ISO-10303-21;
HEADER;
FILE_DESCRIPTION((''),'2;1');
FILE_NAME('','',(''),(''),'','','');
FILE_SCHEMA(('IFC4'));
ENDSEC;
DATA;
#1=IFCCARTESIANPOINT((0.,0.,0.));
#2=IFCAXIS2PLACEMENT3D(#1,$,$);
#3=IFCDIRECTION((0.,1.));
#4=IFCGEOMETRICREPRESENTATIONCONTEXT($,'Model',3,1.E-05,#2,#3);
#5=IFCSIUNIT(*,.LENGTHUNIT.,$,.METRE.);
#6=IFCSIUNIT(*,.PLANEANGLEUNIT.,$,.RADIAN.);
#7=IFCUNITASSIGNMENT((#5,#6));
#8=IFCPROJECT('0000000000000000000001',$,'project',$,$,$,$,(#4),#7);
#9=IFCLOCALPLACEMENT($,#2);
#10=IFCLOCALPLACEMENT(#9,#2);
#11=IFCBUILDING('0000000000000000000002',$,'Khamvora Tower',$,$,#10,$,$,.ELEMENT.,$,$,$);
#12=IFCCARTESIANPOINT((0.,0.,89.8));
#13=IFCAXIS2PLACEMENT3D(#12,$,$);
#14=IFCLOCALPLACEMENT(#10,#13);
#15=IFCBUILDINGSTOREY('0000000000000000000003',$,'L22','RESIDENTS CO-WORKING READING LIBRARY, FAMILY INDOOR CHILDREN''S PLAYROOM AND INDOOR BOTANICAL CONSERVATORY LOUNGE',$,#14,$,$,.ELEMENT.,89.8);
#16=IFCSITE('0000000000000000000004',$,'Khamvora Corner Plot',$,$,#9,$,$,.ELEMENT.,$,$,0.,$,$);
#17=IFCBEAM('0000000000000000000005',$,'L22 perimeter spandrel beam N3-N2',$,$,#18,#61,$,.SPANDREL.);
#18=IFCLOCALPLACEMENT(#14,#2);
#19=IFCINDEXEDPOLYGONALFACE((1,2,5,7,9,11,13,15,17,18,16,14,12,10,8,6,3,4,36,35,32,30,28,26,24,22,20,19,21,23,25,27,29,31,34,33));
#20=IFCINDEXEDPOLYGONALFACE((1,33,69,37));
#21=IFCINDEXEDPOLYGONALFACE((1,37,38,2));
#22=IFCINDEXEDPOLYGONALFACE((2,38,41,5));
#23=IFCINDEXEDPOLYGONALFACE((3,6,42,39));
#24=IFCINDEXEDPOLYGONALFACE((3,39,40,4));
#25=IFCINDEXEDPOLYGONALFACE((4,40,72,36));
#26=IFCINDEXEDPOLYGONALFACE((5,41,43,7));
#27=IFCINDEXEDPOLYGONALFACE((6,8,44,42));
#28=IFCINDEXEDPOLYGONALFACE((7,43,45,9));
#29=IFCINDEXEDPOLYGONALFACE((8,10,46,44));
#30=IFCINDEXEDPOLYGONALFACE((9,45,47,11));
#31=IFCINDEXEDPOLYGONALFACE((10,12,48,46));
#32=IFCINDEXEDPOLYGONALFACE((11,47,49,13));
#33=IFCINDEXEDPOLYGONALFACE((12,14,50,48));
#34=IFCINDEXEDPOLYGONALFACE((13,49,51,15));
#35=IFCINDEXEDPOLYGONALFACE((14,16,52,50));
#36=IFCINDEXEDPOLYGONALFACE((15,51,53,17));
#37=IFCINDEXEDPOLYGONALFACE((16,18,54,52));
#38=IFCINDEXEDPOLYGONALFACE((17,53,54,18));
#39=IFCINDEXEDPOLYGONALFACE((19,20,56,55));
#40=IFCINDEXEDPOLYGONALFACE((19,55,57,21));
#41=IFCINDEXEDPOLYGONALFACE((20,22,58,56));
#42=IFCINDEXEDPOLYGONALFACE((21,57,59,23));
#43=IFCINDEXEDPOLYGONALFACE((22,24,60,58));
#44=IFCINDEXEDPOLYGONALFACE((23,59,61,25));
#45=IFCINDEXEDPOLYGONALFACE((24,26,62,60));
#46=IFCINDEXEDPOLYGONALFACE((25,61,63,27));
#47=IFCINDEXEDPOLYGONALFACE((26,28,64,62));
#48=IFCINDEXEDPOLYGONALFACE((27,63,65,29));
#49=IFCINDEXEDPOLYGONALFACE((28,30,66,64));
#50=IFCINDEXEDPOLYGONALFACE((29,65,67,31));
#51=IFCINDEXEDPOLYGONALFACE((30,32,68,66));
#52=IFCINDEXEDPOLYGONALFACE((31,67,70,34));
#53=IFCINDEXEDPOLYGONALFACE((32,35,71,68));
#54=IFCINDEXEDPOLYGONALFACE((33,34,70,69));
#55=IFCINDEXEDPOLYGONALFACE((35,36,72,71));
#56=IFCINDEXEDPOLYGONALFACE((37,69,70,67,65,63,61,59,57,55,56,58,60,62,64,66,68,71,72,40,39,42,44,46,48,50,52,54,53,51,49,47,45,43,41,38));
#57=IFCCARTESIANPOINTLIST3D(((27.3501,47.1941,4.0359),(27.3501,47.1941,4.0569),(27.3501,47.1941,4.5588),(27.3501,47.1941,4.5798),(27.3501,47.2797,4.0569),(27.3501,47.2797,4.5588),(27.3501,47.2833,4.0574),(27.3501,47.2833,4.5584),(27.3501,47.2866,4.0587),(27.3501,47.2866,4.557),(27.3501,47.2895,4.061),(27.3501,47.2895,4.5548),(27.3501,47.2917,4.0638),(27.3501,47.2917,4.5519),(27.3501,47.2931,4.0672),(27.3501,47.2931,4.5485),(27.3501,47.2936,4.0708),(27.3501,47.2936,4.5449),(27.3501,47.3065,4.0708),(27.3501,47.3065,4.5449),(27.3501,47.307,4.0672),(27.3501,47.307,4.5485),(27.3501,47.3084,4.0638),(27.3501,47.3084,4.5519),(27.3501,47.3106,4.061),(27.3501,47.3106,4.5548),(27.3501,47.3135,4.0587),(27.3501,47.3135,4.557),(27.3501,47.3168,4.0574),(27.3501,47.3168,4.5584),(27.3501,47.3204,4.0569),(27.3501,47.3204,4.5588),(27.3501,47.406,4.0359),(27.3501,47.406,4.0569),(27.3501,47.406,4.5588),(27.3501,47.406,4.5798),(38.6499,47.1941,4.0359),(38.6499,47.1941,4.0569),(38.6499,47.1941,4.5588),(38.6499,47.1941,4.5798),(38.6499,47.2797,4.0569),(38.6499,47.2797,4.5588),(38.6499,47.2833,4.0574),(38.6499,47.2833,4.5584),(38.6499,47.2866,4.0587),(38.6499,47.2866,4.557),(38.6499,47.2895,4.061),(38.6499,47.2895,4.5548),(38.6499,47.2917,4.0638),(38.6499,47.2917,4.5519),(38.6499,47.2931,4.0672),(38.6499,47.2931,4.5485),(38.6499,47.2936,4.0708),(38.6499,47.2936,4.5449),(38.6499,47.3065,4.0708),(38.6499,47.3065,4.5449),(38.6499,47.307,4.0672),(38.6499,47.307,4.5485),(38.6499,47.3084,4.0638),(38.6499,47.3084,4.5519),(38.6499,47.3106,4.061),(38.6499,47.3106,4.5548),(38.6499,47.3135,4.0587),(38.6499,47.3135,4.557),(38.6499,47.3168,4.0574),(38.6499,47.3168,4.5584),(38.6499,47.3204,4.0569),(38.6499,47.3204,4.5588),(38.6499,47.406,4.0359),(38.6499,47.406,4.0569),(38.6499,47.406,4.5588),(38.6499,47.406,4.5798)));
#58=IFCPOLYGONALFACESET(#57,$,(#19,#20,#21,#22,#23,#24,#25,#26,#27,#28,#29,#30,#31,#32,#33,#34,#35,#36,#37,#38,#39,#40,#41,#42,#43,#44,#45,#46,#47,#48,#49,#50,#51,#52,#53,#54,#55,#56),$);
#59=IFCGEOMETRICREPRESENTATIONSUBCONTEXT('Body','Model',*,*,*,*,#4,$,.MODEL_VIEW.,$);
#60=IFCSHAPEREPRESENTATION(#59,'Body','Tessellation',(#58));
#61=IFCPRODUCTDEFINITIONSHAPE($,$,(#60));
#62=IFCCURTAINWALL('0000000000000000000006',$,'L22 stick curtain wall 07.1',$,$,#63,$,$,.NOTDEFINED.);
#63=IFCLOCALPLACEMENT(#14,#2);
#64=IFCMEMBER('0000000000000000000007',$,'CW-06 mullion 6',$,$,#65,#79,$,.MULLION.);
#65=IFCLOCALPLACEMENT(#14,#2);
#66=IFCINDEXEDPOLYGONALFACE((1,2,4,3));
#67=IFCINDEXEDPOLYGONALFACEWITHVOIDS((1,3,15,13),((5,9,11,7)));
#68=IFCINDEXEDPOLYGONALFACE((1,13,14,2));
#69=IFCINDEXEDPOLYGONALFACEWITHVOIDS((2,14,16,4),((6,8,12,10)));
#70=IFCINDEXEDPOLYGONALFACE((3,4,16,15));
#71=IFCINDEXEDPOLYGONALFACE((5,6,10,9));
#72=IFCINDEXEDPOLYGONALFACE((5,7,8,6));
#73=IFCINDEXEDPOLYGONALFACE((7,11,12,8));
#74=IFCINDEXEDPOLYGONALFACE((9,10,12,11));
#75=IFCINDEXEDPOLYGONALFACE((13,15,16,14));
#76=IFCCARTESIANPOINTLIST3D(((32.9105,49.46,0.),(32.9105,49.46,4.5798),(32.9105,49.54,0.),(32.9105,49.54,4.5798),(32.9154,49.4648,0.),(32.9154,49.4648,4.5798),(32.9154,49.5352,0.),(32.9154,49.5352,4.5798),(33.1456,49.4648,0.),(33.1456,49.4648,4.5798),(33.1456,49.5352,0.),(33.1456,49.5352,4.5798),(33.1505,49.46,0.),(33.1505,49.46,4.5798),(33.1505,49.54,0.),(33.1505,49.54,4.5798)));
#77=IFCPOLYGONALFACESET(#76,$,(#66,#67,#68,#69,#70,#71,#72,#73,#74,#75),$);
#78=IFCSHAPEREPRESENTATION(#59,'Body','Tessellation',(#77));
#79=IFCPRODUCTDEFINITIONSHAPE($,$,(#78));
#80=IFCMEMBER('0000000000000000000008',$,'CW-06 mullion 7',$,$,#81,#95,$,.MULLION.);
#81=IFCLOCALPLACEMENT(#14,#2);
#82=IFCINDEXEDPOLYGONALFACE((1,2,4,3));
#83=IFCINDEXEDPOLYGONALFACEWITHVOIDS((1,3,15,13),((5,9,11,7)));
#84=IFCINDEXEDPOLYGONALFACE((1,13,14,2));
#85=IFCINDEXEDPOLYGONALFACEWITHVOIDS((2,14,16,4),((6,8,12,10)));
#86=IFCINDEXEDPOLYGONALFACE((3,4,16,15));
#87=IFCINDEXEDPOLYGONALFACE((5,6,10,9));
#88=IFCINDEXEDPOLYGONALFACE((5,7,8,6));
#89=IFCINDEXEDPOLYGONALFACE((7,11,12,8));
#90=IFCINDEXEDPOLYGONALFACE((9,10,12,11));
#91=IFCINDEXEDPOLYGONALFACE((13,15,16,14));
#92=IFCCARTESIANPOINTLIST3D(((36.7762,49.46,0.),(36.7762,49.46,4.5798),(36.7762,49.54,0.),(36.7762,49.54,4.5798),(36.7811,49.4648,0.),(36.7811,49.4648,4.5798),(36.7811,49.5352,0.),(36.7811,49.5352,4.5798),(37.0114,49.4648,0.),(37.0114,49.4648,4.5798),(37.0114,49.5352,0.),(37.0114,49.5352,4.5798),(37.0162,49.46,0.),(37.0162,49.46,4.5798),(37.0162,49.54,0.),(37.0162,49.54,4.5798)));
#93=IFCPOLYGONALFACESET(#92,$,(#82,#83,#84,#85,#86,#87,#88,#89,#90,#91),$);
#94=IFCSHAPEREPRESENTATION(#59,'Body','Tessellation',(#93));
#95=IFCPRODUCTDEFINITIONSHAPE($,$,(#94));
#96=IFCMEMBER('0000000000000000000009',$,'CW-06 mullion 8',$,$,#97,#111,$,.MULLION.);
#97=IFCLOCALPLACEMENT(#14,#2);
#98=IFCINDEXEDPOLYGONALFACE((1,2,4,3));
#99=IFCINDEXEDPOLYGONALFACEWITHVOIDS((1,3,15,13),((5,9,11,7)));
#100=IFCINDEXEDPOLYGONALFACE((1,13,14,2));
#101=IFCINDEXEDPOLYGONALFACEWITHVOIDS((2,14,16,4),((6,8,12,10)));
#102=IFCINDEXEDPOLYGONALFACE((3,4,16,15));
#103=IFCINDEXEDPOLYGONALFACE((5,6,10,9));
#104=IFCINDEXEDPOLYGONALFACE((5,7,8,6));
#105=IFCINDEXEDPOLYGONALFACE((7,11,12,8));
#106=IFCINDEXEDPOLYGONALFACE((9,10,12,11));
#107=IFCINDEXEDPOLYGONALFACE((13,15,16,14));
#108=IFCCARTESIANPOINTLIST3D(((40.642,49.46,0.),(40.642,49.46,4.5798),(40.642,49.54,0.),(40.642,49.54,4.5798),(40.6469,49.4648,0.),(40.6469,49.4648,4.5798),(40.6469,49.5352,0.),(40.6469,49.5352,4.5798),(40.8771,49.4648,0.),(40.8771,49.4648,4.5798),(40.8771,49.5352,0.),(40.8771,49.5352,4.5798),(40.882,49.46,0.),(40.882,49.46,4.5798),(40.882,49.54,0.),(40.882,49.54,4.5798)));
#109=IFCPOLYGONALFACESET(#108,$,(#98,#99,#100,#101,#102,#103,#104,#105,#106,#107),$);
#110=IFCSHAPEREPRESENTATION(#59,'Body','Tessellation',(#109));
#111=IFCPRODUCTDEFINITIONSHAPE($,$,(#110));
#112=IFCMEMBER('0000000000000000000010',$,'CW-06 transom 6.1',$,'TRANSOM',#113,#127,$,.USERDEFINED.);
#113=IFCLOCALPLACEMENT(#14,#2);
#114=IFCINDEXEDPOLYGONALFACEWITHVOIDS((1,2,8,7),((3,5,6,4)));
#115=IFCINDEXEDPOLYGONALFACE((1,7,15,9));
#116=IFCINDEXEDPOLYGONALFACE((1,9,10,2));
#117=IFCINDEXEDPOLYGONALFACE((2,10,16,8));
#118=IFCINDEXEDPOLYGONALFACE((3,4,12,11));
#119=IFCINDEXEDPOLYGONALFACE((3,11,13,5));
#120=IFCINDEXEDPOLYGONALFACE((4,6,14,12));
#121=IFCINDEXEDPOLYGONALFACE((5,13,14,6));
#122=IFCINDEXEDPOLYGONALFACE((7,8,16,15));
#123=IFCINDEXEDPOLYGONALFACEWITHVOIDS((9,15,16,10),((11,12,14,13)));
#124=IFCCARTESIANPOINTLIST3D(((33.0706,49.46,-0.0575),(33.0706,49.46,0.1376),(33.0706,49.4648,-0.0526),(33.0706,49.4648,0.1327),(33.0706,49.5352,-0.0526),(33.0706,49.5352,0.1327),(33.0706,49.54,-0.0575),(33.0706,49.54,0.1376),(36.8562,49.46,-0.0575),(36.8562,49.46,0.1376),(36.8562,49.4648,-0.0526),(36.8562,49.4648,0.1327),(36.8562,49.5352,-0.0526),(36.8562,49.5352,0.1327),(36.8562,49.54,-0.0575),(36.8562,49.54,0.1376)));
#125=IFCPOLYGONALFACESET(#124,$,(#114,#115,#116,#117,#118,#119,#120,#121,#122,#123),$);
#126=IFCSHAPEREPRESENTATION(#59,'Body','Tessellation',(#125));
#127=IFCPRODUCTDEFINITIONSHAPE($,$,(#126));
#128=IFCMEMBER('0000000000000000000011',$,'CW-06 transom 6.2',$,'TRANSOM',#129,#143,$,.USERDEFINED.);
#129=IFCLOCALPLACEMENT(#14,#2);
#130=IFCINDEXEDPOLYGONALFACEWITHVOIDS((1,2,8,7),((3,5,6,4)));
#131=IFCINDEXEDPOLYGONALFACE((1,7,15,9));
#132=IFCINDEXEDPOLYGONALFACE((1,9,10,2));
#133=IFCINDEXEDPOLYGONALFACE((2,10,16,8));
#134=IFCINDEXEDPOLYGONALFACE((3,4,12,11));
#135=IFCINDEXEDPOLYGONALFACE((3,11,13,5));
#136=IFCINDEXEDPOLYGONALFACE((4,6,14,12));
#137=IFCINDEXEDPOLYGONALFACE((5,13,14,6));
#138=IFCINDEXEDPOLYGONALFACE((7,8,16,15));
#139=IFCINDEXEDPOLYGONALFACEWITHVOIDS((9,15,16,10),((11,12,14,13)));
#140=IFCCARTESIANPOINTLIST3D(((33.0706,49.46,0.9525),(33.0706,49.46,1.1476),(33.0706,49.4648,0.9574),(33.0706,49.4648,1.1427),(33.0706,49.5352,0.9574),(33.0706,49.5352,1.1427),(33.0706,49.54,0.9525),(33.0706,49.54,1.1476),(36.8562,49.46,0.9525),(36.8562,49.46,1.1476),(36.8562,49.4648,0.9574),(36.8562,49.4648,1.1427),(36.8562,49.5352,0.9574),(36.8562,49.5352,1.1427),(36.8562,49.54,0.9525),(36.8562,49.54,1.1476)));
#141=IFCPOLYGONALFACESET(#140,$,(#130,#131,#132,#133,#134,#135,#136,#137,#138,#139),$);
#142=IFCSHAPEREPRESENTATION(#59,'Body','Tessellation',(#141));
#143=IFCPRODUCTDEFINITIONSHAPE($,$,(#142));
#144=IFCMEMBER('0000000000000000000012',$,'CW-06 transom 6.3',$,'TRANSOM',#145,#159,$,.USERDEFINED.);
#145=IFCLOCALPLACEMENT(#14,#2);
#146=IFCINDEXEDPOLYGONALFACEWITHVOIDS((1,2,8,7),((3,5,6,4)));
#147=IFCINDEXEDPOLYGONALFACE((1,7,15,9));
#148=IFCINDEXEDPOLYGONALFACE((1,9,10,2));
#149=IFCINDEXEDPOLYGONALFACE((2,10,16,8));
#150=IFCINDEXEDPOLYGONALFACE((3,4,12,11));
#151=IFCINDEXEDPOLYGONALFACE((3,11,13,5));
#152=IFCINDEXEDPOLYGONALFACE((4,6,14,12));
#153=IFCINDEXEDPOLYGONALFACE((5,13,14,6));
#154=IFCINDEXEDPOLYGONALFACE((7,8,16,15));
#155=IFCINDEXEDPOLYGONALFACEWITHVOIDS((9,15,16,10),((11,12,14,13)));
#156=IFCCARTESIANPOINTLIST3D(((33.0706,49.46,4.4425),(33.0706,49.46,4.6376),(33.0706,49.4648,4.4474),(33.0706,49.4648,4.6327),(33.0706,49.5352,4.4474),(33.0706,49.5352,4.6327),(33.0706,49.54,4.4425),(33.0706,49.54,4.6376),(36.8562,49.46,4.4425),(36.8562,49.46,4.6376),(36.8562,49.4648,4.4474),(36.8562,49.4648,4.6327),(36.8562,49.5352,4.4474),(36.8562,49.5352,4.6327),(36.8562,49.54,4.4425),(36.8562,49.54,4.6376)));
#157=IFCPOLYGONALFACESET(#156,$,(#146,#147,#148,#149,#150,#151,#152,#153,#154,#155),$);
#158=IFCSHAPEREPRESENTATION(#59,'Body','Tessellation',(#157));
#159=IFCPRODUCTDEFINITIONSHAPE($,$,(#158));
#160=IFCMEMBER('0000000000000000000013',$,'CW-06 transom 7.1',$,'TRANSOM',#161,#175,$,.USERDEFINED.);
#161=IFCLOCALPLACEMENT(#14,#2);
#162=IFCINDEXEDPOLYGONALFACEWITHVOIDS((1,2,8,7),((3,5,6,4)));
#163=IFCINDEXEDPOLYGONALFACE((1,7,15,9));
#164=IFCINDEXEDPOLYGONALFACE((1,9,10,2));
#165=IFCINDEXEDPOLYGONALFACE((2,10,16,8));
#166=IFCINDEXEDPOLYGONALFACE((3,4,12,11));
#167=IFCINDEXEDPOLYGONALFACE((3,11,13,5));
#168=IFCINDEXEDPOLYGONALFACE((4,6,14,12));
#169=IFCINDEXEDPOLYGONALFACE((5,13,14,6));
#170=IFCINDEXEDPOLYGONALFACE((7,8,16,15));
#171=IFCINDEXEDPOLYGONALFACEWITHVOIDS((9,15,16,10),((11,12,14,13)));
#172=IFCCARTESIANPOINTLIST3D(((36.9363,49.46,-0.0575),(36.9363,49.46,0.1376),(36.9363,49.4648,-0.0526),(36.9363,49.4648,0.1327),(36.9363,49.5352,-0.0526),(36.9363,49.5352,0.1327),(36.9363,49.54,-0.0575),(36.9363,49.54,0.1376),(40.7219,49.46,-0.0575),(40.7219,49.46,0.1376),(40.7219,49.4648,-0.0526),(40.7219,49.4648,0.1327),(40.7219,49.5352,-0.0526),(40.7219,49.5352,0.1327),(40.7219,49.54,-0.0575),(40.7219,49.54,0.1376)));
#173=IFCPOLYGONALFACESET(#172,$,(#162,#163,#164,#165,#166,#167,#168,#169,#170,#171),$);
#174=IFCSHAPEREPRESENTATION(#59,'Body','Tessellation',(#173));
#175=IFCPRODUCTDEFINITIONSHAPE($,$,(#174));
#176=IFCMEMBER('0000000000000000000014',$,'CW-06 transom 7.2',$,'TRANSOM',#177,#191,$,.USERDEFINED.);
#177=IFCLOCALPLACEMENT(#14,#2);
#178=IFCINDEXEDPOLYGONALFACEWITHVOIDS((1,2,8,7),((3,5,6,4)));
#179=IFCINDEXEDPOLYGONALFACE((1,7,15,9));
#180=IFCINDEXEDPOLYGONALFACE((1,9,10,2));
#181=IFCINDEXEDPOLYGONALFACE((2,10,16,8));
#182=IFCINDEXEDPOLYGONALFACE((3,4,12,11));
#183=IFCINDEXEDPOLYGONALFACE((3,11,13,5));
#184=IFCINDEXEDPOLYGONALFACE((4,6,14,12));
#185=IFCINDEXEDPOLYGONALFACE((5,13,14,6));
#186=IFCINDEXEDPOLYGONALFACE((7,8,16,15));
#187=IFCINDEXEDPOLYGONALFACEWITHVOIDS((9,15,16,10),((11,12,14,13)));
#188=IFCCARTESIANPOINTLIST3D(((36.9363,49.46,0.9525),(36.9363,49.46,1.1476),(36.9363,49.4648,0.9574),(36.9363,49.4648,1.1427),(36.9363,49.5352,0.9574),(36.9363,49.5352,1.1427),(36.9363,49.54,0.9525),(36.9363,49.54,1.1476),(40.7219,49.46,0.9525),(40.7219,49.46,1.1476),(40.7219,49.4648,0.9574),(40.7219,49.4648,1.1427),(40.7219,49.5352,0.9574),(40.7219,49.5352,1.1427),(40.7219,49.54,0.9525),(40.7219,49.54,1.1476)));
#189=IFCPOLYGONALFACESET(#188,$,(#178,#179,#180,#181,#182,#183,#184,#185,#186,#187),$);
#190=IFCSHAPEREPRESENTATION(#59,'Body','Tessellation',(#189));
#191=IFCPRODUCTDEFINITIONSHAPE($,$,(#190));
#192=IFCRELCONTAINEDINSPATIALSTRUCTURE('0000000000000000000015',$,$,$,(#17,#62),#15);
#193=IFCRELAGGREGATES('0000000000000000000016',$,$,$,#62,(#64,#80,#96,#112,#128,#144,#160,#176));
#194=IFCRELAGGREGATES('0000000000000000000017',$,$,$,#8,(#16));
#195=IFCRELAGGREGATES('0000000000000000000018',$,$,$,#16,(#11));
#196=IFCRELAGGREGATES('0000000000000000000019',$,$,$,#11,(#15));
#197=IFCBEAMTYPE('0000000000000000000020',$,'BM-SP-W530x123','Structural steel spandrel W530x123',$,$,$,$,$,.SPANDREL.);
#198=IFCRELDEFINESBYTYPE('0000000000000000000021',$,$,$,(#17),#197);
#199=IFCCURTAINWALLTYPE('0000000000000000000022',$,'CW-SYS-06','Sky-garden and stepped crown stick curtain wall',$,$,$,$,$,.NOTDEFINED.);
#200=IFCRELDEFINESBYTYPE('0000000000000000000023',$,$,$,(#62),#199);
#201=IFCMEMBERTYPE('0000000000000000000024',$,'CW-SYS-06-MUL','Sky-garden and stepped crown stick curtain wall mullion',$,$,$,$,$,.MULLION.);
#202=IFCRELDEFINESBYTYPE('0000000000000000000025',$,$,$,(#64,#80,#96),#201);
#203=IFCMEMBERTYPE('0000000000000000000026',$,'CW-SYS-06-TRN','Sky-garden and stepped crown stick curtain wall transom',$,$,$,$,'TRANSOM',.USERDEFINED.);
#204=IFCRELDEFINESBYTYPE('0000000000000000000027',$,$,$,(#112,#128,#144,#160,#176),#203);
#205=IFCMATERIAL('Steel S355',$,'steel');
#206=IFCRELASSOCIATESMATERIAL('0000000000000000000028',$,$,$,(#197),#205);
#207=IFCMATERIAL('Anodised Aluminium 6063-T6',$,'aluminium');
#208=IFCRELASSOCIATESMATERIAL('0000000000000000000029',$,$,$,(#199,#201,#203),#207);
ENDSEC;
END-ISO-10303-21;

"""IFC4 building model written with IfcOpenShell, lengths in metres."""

from ifc_helpers import new_model, si_unit, direction, frame, origin, origin_2d, place, context, subcontext, project, spatial, hollow_rectangle, i_section, extrude, material, material_profile, profile_set, type_object, element, aggregate, save


model = new_model("IFC4")

# Units and contexts
model_context = context("Model", 3, precision=1e-05, world=origin(), true_north=direction((0.0, 1.0)))
body_context = subcontext(model_context, "Body", "Model", "MODEL_VIEW")
ifc_project = project(units=[si_unit("LENGTHUNIT", "METRE"), si_unit("PLANEANGLEUNIT", "RADIAN")], contexts=[model_context])

# Site, building, storey
site_placement = place(None, origin())
site = spatial("IfcSite", under=ifc_project, at=site_placement, Name="Khamvora Corner Plot", CompositionType="ELEMENT", RefElevation=0.0)
building_placement = place(site_placement, origin())
building = spatial("IfcBuilding", under=site, at=building_placement, Name="Khamvora Tower", CompositionType="ELEMENT")
storey_placement = place(building_placement, frame((0.0, 0.0, 89.8)))
storey = spatial("IfcBuildingStorey", under=building, at=storey_placement, Name="L22", Description="RESIDENTS CO-WORKING READING LIBRARY, FAMILY INDOOR CHILDREN'S PLAYROOM AND INDOOR BOTANICAL CONSERVATORY LOUNGE", CompositionType="ELEMENT", Elevation=89.8)

# Shared definitions
ifc_material_1 = material(Name="Steel S355", Category="steel")

# Beam
ifc_material_profile_1 = material_profile(ifc_material_1, i_section(OverallWidth=0.2119, OverallDepth=0.5439, WebThickness=0.0129, FlangeThickness=0.021, FilletRadius=0.0139, at=origin_2d()), Name="W530x123")
ifc_profile_set_1 = profile_set([ifc_material_profile_1], Name="Steel S355")
beam_type_1 = type_object("IfcBeamType", Name="BM-SP-W530x123", Description="Structural steel spandrel W530x123", PredefinedType="SPANDREL", material=ifc_profile_set_1)
beam_1_placement = place(storey_placement, frame((38.6499, 47.3, 4.3079), z_axis=(-1.0, 0.0, 0.0), x_axis=(0.0, -1.0, 0.0)))
element("IfcBeam", 1, at=beam_1_placement, inside=storey, type_object=beam_type_1, Name="L22 perimeter spandrel beam N3-N2", PredefinedType="SPANDREL", context=body_context, shape_type="SweptSolid", body=[
    extrude(i_section(OverallWidth=0.2119, OverallDepth=0.5439, WebThickness=0.0129, FlangeThickness=0.021, FilletRadius=0.0139, at=origin_2d()), origin(), (0.0, 0.0, 1.0), 11.2998),
])

# Curtain wall, members
ifc_material_2 = material(Name="Anodised Aluminium 6063-T6", Category="aluminium")
curtain_wall_type = type_object("IfcCurtainWallType", Name="CW-SYS-06", Description="Sky-garden and stepped crown stick curtain wall", PredefinedType="NOTDEFINED", material=ifc_material_2)
curtain_wall_placement = place(storey_placement, origin())
curtain_wall = element("IfcCurtainWall", 2, at=curtain_wall_placement, inside=storey, type_object=curtain_wall_type, Name="L22 stick curtain wall 07.1", PredefinedType="NOTDEFINED")
ifc_material_profile_2 = material_profile(ifc_material_2, hollow_rectangle(XDim=0.0801, YDim=0.24, WallThickness=0.0049, at=origin_2d()), Name="MUL80x240x5")
ifc_profile_set_2 = profile_set([ifc_material_profile_2], Name="Anodised Aluminium 6063-T6")
member_type_1 = type_object("IfcMemberType", Name="CW-SYS-06-MUL", Description="Sky-garden and stepped crown stick curtain wall mullion", PredefinedType="MULLION", material=ifc_profile_set_2)
member_1_placement = place(storey_placement, frame((33.0305, 49.5, 0.0), z_axis=(0.0, 0.0, 1.0), x_axis=(0.0, 1.0, 0.0)))
member_1 = element("IfcMember", 3, at=member_1_placement, type_object=member_type_1, Name="CW-06 mullion 6", PredefinedType="MULLION", context=body_context, shape_type="SweptSolid", body=[
    extrude(hollow_rectangle(XDim=0.0801, YDim=0.24, WallThickness=0.0049, at=origin_2d()), origin(), (0.0, 0.0, 1.0), 4.5798),
])
member_2_placement = place(storey_placement, frame((36.8962, 49.5, 0.0), z_axis=(0.0, 0.0, 1.0), x_axis=(0.0, 1.0, 0.0)))
member_2 = element("IfcMember", 4, at=member_2_placement, type_object=member_type_1, Name="CW-06 mullion 7", PredefinedType="MULLION", context=body_context, shape_type="SweptSolid", body=[
    extrude(hollow_rectangle(XDim=0.0801, YDim=0.24, WallThickness=0.0049, at=origin_2d()), origin(), (0.0, 0.0, 1.0), 4.5798),
])
member_3_placement = place(storey_placement, frame((40.762, 49.5, 0.0), z_axis=(0.0, 0.0, 1.0), x_axis=(0.0, 1.0, 0.0)))
member_3 = element("IfcMember", 5, at=member_3_placement, type_object=member_type_1, Name="CW-06 mullion 8", PredefinedType="MULLION", context=body_context, shape_type="SweptSolid", body=[
    extrude(hollow_rectangle(XDim=0.0801, YDim=0.24, WallThickness=0.0049, at=origin_2d()), origin(), (0.0, 0.0, 1.0), 4.5798),
])
ifc_material_profile_3 = material_profile(ifc_material_2, hollow_rectangle(XDim=0.0801, YDim=0.1951, WallThickness=0.0049, at=origin_2d()), Name="TRN80x195x5")
ifc_profile_set_3 = profile_set([ifc_material_profile_3], Name="Anodised Aluminium 6063-T6")
member_type_2 = type_object("IfcMemberType", Name="CW-SYS-06-TRN", Description="Sky-garden and stepped crown stick curtain wall transom", ElementType="TRANSOM", PredefinedType="USERDEFINED", material=ifc_profile_set_3)
member_4_placement = place(storey_placement, frame((33.0706, 49.5, 0.04), z_axis=(1.0, 0.0, 0.0), x_axis=(0.0, 1.0, 0.0)))
member_4 = element("IfcMember", 6, at=member_4_placement, type_object=member_type_2, Name="CW-06 transom 6.1", ObjectType="TRANSOM", PredefinedType="USERDEFINED", context=body_context, shape_type="SweptSolid", body=[
    extrude(hollow_rectangle(XDim=0.0801, YDim=0.1951, WallThickness=0.0049, at=origin_2d()), origin(), (0.0, 0.0, 1.0), 3.7856),
])
member_5_placement = place(storey_placement, frame((33.0706, 49.5, 1.05), z_axis=(1.0, 0.0, 0.0), x_axis=(0.0, 1.0, 0.0)))
member_5 = element("IfcMember", 7, at=member_5_placement, type_object=member_type_2, Name="CW-06 transom 6.2", ObjectType="TRANSOM", PredefinedType="USERDEFINED", context=body_context, shape_type="SweptSolid", body=[
    extrude(hollow_rectangle(XDim=0.0801, YDim=0.1951, WallThickness=0.0049, at=origin_2d()), origin(), (0.0, 0.0, 1.0), 3.7856),
])
member_6_placement = place(storey_placement, frame((33.0706, 49.5, 4.54), z_axis=(1.0, 0.0, 0.0), x_axis=(0.0, 1.0, 0.0)))
member_6 = element("IfcMember", 8, at=member_6_placement, type_object=member_type_2, Name="CW-06 transom 6.3", ObjectType="TRANSOM", PredefinedType="USERDEFINED", context=body_context, shape_type="SweptSolid", body=[
    extrude(hollow_rectangle(XDim=0.0801, YDim=0.1951, WallThickness=0.0049, at=origin_2d()), origin(), (0.0, 0.0, 1.0), 3.7856),
])
member_7_placement = place(storey_placement, frame((36.9363, 49.5, 0.04), z_axis=(1.0, 0.0, 0.0), x_axis=(0.0, 1.0, 0.0)))
member_7 = element("IfcMember", 9, at=member_7_placement, type_object=member_type_2, Name="CW-06 transom 7.1", ObjectType="TRANSOM", PredefinedType="USERDEFINED", context=body_context, shape_type="SweptSolid", body=[
    extrude(hollow_rectangle(XDim=0.0801, YDim=0.1951, WallThickness=0.0049, at=origin_2d()), origin(), (0.0, 0.0, 1.0), 3.7856),
])
member_8_placement = place(storey_placement, frame((36.9363, 49.5, 1.05), z_axis=(1.0, 0.0, 0.0), x_axis=(0.0, 1.0, 0.0)))
member_8 = element("IfcMember", 10, at=member_8_placement, type_object=member_type_2, Name="CW-06 transom 7.2", ObjectType="TRANSOM", PredefinedType="USERDEFINED", context=body_context, shape_type="SweptSolid", body=[
    extrude(hollow_rectangle(XDim=0.0801, YDim=0.1951, WallThickness=0.0049, at=origin_2d()), origin(), (0.0, 0.0, 1.0), 3.7856),
])

aggregate(curtain_wall, [member_1, member_2, member_3, member_4, member_5, member_6, member_7, member_8])

save(model, "model.ifc")
